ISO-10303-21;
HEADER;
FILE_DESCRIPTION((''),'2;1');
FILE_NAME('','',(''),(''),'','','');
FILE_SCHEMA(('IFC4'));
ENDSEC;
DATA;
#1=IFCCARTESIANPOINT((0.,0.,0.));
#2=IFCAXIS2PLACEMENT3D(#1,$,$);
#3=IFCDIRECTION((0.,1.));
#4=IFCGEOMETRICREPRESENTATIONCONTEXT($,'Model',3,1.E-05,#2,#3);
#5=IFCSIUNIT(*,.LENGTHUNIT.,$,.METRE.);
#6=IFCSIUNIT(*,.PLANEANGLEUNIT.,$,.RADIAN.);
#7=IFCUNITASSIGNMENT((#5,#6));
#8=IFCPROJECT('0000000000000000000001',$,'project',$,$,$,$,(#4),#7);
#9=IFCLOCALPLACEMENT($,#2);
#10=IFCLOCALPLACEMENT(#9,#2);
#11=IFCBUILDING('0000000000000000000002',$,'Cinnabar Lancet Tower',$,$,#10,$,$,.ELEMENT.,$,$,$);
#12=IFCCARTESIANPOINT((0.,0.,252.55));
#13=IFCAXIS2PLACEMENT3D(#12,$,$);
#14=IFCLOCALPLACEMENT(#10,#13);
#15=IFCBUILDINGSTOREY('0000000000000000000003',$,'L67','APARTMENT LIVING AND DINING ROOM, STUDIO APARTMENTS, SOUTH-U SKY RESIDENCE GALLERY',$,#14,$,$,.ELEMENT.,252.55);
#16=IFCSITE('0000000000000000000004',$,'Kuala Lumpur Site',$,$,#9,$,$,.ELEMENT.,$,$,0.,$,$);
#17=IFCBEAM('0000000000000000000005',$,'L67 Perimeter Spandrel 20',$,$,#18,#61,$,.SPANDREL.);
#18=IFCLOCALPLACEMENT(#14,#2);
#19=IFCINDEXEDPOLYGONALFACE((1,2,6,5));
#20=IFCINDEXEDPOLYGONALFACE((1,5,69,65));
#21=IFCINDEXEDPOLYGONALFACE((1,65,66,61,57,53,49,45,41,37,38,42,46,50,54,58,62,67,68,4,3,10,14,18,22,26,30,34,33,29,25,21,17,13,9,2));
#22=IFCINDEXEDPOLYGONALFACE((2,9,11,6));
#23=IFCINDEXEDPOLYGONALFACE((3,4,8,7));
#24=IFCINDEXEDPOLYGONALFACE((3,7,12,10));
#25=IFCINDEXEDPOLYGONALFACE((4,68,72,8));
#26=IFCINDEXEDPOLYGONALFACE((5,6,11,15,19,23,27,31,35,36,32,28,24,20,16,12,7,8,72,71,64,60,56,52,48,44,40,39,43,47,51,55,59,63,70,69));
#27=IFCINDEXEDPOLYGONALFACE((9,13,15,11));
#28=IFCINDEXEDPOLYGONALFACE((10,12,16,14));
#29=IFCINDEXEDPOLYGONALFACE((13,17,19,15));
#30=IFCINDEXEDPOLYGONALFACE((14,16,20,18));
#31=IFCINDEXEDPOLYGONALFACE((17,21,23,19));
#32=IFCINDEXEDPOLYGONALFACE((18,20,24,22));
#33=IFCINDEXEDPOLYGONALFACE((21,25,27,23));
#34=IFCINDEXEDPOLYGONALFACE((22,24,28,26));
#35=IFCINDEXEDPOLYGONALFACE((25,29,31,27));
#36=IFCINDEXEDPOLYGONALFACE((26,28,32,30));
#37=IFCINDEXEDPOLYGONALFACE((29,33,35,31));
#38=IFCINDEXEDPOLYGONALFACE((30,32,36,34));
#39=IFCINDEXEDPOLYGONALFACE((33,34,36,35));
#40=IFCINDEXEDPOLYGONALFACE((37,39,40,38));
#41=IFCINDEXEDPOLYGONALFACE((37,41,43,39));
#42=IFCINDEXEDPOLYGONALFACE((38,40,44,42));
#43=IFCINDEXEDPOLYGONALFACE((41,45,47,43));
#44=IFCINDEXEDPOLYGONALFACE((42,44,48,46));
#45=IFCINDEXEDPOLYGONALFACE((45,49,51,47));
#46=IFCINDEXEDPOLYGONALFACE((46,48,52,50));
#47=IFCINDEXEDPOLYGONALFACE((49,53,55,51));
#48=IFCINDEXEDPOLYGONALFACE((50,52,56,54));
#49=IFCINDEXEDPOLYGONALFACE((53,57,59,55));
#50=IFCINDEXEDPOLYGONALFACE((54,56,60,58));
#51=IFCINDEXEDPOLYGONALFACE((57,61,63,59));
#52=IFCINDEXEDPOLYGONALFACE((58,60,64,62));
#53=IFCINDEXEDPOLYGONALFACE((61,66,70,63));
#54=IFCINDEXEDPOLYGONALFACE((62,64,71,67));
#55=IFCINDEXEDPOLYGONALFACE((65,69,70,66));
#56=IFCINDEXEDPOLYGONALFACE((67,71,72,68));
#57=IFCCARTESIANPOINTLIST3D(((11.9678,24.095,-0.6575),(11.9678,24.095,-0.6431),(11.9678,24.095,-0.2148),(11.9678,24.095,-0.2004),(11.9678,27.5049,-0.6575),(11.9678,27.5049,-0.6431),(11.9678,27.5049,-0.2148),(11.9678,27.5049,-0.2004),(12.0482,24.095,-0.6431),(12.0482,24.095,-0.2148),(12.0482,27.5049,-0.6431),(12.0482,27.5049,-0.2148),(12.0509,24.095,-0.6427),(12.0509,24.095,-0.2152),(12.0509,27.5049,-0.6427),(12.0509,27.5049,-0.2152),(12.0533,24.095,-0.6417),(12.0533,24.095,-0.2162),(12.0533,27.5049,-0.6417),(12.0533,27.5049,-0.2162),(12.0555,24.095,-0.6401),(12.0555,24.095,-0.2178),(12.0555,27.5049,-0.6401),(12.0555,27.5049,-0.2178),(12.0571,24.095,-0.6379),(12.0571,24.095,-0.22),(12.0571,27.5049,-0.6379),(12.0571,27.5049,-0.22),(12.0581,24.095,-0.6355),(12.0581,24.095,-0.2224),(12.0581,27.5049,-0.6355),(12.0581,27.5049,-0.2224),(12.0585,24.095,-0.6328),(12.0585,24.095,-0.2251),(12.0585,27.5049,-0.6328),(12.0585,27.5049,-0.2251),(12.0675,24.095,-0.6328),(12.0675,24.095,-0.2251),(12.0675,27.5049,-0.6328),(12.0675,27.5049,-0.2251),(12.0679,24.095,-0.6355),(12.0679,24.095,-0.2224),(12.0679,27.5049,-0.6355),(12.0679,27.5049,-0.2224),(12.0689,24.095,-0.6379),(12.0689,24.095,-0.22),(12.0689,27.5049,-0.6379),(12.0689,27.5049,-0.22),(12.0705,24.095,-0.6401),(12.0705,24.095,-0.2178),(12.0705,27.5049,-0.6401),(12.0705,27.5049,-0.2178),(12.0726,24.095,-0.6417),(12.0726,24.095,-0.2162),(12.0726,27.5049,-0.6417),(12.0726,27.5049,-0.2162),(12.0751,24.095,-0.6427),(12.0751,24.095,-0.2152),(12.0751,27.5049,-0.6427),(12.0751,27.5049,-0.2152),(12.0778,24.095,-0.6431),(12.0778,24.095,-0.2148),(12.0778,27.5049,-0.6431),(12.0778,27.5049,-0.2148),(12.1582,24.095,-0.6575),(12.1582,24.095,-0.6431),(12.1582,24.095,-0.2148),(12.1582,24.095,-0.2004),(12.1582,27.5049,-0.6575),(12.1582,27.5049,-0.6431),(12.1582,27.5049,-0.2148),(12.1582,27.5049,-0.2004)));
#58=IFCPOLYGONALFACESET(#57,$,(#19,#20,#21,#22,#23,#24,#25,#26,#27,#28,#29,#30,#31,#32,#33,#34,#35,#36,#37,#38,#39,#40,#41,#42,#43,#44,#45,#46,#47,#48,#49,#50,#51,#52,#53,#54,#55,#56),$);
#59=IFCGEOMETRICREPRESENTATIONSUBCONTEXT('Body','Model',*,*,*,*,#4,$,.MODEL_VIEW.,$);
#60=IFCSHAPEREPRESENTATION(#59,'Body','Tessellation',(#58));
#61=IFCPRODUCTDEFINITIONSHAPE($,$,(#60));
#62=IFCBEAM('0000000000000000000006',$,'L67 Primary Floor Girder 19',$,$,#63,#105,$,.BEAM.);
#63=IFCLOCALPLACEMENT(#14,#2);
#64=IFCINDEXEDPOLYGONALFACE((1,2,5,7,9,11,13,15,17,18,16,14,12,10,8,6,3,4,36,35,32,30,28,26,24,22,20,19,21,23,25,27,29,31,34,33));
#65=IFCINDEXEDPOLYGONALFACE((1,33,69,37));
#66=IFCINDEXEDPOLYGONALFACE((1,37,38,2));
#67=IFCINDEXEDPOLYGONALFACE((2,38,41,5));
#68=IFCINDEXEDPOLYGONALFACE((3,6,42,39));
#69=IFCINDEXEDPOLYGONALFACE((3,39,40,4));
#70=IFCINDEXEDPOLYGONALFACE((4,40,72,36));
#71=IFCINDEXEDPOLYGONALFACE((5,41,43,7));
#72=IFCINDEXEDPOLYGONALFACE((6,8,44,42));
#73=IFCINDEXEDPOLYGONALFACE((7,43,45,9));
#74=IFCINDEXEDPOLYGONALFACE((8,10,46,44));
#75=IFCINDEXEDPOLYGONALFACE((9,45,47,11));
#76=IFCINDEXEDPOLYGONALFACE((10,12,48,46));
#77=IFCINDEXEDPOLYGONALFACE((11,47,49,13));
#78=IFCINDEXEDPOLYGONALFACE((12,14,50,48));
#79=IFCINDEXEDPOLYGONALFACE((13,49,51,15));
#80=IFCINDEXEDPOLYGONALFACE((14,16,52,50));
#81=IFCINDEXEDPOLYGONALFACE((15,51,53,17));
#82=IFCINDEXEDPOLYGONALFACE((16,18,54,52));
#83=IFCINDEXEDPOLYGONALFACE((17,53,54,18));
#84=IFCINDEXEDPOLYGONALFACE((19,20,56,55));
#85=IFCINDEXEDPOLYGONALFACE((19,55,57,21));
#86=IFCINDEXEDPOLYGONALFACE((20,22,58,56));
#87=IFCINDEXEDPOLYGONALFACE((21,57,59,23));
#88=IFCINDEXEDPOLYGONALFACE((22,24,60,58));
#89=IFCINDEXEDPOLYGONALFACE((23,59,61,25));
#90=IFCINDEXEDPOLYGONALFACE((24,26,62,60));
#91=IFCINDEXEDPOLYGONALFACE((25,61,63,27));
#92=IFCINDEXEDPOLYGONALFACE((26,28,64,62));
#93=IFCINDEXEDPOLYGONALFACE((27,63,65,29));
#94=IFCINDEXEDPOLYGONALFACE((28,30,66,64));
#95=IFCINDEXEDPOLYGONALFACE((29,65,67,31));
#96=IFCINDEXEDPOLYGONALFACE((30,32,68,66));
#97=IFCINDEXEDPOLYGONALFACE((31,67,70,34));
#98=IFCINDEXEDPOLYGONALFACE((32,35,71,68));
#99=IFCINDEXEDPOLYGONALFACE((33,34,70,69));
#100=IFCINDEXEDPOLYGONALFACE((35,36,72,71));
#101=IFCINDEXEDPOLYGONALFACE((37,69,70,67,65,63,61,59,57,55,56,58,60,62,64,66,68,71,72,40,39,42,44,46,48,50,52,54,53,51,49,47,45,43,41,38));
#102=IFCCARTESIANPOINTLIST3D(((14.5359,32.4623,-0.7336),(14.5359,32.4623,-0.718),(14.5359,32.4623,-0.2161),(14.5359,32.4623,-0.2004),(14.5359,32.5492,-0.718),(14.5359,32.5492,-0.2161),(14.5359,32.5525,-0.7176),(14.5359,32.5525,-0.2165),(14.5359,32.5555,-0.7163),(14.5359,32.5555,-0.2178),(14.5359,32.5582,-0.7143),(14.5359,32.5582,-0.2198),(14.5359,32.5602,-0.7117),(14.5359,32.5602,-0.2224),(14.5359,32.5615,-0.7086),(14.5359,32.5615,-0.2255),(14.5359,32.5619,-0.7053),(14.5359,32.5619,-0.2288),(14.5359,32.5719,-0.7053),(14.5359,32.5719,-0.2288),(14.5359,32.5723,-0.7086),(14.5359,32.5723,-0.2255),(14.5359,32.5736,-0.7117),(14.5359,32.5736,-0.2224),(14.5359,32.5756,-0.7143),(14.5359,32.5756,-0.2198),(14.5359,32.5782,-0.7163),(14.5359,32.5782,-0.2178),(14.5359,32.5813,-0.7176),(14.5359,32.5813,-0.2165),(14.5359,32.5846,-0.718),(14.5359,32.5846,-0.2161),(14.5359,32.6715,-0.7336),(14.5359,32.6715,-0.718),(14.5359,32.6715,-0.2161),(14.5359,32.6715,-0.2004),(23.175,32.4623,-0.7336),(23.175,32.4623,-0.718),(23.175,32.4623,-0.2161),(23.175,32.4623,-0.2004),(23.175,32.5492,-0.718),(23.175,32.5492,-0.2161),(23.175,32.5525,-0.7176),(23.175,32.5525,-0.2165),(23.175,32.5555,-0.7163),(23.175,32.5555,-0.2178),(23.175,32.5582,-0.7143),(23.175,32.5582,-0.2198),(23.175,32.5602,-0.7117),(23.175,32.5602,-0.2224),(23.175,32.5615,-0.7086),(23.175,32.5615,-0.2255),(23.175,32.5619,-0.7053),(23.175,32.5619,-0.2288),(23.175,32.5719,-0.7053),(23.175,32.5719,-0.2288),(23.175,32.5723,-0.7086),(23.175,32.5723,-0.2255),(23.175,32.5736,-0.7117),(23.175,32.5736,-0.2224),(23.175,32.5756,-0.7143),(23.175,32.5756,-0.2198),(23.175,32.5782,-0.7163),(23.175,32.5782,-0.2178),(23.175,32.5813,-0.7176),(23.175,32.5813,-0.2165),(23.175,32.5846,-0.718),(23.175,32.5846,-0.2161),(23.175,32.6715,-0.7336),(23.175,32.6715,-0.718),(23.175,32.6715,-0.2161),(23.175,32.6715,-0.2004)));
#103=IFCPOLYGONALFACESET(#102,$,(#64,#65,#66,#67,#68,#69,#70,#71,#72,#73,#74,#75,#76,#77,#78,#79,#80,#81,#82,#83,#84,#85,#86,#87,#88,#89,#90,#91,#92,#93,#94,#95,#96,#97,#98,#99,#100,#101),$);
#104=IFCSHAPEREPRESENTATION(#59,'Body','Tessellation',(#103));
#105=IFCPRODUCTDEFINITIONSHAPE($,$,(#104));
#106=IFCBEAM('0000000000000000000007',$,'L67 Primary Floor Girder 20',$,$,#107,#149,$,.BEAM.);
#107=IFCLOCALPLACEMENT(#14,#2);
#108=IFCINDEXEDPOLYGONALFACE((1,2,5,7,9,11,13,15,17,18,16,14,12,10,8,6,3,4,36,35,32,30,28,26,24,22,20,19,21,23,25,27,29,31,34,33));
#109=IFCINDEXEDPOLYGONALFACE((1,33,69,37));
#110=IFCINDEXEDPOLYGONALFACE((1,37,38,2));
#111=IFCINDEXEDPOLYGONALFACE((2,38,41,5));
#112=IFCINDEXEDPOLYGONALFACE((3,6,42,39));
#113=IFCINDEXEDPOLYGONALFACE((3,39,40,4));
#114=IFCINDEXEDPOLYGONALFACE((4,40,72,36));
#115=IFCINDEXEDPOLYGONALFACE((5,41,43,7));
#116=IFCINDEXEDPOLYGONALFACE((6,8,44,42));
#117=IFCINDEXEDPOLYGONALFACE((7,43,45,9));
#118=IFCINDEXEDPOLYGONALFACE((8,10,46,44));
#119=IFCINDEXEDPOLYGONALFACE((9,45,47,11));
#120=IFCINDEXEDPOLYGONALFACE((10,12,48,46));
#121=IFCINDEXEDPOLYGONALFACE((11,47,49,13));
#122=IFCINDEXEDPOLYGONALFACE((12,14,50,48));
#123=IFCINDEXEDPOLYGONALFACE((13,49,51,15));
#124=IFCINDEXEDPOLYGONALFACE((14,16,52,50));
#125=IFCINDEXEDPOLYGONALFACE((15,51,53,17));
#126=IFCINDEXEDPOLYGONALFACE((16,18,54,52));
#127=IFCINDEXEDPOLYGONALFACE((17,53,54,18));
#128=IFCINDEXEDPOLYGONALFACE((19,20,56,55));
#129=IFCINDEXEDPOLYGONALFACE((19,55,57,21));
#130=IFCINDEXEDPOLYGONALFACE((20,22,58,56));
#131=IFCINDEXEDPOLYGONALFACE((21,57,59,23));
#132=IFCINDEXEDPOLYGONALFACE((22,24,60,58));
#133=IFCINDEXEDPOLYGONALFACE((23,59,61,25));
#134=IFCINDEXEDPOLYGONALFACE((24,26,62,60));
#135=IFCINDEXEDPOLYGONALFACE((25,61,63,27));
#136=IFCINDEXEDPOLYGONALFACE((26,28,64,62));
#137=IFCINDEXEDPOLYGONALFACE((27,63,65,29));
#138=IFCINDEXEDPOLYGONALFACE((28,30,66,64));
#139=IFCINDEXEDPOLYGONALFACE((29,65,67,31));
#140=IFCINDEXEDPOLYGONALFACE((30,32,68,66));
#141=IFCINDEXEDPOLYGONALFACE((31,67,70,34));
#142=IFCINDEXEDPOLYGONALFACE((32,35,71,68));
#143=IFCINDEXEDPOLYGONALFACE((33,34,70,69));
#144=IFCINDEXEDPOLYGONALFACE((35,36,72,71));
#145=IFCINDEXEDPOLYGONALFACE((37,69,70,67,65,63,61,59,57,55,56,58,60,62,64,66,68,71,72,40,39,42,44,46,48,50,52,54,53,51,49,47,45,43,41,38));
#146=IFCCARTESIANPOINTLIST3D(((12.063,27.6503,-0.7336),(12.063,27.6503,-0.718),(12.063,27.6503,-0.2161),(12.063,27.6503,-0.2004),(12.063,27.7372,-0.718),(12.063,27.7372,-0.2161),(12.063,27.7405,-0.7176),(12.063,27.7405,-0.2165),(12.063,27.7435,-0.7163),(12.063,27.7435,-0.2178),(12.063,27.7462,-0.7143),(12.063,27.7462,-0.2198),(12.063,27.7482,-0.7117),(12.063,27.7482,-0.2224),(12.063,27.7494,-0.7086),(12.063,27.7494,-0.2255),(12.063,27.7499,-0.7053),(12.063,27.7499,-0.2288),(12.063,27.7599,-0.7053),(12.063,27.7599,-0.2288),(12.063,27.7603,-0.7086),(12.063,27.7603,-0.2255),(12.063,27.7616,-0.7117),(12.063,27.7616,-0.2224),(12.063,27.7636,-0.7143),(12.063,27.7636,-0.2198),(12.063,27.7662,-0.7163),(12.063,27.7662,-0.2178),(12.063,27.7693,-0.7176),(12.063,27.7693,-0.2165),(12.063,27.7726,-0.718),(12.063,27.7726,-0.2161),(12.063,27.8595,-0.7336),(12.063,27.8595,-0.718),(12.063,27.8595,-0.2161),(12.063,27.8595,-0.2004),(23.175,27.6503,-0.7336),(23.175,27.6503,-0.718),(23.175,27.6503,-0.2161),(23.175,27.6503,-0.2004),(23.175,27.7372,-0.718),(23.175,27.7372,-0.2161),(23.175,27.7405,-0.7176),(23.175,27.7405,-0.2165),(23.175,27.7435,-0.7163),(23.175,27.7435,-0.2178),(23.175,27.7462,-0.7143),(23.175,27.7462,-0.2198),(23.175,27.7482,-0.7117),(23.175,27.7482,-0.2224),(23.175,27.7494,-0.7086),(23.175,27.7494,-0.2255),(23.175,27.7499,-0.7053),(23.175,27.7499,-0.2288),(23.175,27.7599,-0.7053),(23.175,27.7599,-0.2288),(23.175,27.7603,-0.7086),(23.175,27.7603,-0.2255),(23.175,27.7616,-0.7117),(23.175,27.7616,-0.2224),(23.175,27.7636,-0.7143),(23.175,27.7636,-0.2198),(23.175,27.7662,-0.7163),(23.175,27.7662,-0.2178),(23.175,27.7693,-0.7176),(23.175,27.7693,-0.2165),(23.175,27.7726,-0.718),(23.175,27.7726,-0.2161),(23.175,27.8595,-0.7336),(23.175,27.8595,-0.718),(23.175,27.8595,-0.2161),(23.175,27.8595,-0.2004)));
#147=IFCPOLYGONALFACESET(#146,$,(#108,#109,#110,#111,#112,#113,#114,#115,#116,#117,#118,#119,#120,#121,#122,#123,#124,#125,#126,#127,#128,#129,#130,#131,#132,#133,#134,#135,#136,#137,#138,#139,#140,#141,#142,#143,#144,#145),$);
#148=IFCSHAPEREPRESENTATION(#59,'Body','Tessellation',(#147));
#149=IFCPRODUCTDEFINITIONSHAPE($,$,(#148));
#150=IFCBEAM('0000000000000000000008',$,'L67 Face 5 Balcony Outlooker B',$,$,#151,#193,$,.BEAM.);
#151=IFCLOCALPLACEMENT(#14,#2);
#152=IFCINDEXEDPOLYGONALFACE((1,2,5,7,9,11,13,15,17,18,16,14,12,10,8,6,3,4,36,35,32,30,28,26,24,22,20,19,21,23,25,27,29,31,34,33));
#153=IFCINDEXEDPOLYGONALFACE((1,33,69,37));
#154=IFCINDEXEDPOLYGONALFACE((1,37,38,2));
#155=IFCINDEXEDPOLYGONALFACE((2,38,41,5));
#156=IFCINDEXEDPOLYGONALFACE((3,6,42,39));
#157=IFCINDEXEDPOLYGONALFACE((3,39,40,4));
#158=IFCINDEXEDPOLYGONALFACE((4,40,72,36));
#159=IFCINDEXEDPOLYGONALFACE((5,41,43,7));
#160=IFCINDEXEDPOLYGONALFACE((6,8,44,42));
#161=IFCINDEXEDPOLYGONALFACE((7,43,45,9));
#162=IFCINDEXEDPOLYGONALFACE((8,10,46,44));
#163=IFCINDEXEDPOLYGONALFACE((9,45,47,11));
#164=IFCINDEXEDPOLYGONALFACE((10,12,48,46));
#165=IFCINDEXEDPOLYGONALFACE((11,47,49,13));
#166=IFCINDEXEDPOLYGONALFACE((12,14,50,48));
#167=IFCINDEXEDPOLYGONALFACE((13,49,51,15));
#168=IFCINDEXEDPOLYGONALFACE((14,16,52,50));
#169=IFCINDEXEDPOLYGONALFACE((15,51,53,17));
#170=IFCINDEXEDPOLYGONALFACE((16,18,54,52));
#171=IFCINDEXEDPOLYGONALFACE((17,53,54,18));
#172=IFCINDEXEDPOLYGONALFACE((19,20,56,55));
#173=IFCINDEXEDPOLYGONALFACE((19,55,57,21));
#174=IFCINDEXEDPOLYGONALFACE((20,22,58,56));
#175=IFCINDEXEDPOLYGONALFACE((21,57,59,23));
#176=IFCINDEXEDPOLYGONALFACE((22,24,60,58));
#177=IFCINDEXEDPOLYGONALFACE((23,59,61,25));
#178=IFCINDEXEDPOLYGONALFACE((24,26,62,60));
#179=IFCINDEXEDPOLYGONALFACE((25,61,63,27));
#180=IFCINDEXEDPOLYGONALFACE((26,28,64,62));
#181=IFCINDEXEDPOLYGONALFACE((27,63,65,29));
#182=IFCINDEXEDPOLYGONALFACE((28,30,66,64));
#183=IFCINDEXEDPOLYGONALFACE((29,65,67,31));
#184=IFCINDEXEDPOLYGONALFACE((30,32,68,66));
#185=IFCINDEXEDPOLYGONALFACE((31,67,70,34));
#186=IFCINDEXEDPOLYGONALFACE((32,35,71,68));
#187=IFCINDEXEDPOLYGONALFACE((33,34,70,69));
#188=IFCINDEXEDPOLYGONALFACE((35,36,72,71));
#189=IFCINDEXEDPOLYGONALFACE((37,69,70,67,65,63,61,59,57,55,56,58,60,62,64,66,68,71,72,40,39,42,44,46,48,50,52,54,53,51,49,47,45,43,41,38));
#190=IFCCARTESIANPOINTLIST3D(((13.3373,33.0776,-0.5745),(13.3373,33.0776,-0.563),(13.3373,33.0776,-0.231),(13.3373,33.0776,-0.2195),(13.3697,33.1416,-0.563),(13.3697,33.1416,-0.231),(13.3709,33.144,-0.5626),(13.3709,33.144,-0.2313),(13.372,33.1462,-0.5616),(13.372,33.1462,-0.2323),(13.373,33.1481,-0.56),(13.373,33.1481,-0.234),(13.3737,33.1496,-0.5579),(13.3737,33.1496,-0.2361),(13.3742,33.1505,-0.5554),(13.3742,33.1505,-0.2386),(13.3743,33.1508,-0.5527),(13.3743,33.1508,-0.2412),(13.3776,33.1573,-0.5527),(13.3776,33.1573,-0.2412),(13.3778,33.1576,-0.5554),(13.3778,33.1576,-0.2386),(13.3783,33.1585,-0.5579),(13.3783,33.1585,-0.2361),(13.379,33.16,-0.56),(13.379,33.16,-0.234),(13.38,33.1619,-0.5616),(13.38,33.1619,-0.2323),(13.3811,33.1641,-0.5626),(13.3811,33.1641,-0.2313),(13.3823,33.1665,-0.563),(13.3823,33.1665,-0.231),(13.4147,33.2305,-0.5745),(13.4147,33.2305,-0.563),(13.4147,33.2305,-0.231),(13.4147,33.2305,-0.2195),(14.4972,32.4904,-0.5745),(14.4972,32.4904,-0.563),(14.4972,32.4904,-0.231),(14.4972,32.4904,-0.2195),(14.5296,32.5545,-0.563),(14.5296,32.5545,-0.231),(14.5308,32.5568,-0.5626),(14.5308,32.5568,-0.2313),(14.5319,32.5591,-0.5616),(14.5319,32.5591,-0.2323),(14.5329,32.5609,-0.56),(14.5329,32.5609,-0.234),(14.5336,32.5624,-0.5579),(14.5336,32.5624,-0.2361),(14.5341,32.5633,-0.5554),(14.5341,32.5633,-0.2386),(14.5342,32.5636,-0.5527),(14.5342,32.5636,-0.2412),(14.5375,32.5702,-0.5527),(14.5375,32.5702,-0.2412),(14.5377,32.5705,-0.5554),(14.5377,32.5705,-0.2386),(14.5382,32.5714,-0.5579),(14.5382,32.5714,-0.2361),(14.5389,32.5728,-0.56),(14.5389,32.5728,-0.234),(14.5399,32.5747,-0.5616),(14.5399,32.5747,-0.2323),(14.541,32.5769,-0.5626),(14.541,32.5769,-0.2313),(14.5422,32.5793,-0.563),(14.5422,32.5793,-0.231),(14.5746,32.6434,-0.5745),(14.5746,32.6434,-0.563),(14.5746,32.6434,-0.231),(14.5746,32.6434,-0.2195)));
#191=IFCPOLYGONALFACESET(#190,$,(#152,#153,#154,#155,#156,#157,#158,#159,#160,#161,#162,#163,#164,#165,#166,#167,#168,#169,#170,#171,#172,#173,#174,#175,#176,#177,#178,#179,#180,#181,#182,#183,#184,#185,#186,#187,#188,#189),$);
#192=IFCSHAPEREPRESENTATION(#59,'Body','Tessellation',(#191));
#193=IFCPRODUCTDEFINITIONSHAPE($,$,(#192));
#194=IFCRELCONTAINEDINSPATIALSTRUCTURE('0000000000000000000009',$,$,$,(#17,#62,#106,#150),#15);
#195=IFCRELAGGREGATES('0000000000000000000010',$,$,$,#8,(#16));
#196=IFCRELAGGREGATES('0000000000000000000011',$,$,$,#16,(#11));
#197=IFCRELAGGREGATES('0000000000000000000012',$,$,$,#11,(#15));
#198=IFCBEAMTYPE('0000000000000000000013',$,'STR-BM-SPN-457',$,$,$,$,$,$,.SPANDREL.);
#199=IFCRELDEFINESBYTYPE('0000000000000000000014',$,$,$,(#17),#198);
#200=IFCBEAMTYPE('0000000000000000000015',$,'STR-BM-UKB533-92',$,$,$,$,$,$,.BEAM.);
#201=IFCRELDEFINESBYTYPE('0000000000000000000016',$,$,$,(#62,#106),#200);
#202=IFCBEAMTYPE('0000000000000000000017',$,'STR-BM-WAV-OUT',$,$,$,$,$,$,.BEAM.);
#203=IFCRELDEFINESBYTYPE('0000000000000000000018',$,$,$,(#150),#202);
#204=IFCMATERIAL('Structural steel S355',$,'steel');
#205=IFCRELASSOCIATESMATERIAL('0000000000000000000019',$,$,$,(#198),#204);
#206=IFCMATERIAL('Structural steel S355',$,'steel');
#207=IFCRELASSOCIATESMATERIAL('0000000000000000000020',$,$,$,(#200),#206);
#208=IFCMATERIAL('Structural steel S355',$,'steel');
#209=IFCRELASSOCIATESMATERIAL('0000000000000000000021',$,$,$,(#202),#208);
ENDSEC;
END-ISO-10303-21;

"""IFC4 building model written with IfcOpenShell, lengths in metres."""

from ifc_helpers import new_model, si_unit, direction, frame, origin, origin_2d, place, context, subcontext, project, spatial, i_section, extrude, material, material_profile, profile_set, type_object, element, save


model = new_model("IFC4")

# Units and contexts
model_context = context("Model", 3, precision=1e-05, world=origin(), true_north=direction((0.0, 1.0)))
body_context = subcontext(model_context, "Body", "Model", "MODEL_VIEW")
ifc_project = project(units=[si_unit("LENGTHUNIT", "METRE"), si_unit("PLANEANGLEUNIT", "RADIAN")], contexts=[model_context])

# Site, building, storey
site_placement = place(None, origin())
site = spatial("IfcSite", under=ifc_project, at=site_placement, Name="Kuala Lumpur Site", CompositionType="ELEMENT", RefElevation=0.0)
building_placement = place(site_placement, origin())
building = spatial("IfcBuilding", under=site, at=building_placement, Name="Cinnabar Lancet Tower", CompositionType="ELEMENT")
storey_placement = place(building_placement, frame((0.0, 0.0, 252.55)))
storey = spatial("IfcBuildingStorey", under=building, at=storey_placement, Name="L67", Description="APARTMENT LIVING AND DINING ROOM, STUDIO APARTMENTS, SOUTH-U SKY RESIDENCE GALLERY", CompositionType="ELEMENT", Elevation=252.55)

# Beams
ifc_material_1 = material(Name="Structural steel S355", Category="steel")
ifc_material_profile_1 = material_profile(ifc_material_1, i_section(OverallWidth=0.1904, OverallDepth=0.457, WebThickness=0.009, FlangeThickness=0.0144, FilletRadius=0.0103, at=origin_2d()), Name="UKB 457x191x74")
ifc_profile_set_1 = profile_set([ifc_material_profile_1], Name="Structural steel S355")
beam_type_1 = type_object("IfcBeamType", Name="STR-BM-SPN-457", PredefinedType="SPANDREL", material=ifc_profile_set_1)
beam_1_placement = place(storey_placement, frame((12.063, 27.5049, -0.429), z_axis=(0.0, -1.0, 0.0), x_axis=(1.0, 0.0, 0.0)))
element("IfcBeam", 1, at=beam_1_placement, inside=storey, type_object=beam_type_1, Name="L67 Perimeter Spandrel 20", PredefinedType="SPANDREL", context=body_context, shape_type="SweptSolid", body=[
    extrude(i_section(OverallWidth=0.1904, OverallDepth=0.457, WebThickness=0.009, FlangeThickness=0.0144, FilletRadius=0.0103, at=origin_2d()), origin(), (0.0, 0.0, 1.0), 3.4099),
])
ifc_material_2 = material(Name="Structural steel S355", Category="steel")
ifc_material_profile_2 = material_profile(ifc_material_2, i_section(OverallWidth=0.2092, OverallDepth=0.5332, WebThickness=0.01, FlangeThickness=0.0156, FilletRadius=0.0127, at=origin_2d()), Name="UKB 533x210x92")
ifc_profile_set_2 = profile_set([ifc_material_profile_2], Name="Structural steel S355")
beam_type_2 = type_object("IfcBeamType", Name="STR-BM-UKB533-92", PredefinedType="BEAM", material=ifc_profile_set_2)
beam_2_placement = place(storey_placement, frame((14.5359, 32.5669, -0.467), z_axis=(1.0, 0.0, 0.0), x_axis=(0.0, 1.0, 0.0)))
element("IfcBeam", 2, at=beam_2_placement, inside=storey, type_object=beam_type_2, Name="L67 Primary Floor Girder 19", PredefinedType="BEAM", context=body_context, shape_type="SweptSolid", body=[
    extrude(i_section(OverallWidth=0.2092, OverallDepth=0.5332, WebThickness=0.01, FlangeThickness=0.0156, FilletRadius=0.0127, at=origin_2d()), origin(), (0.0, 0.0, 1.0), 8.6392),
])
beam_3_placement = place(storey_placement, frame((12.063, 27.7549, -0.467), z_axis=(1.0, 0.0, 0.0), x_axis=(0.0, 1.0, 0.0)))
element("IfcBeam", 3, at=beam_3_placement, inside=storey, type_object=beam_type_2, Name="L67 Primary Floor Girder 20", PredefinedType="BEAM", context=body_context, shape_type="SweptSolid", body=[
    extrude(i_section(OverallWidth=0.2092, OverallDepth=0.5332, WebThickness=0.01, FlangeThickness=0.0156, FilletRadius=0.0127, at=origin_2d()), origin(), (0.0, 0.0, 1.0), 11.1121),
])
ifc_material_3 = material(Name="Structural steel S355", Category="steel")
ifc_material_profile_3 = material_profile(ifc_material_3, i_section(OverallWidth=0.1714, OverallDepth=0.355, WebThickness=0.0073, FlangeThickness=0.0115, FilletRadius=0.0103, at=origin_2d()), Name="UKB 356x171x51")
ifc_profile_set_3 = profile_set([ifc_material_profile_3], Name="Structural steel S355")
beam_type_3 = type_object("IfcBeamType", Name="STR-BM-WAV-OUT", PredefinedType="BEAM", material=ifc_profile_set_3)
beam_4_placement = place(storey_placement, frame((14.5359, 32.5669, -0.397), z_axis=(-0.8922, 0.45164, 0.0), x_axis=(-0.45164, -0.8922, 0.0)))
element("IfcBeam", 4, at=beam_4_placement, inside=storey, type_object=beam_type_3, Name="L67 Face 5 Balcony Outlooker B", PredefinedType="BEAM", context=body_context, shape_type="SweptSolid", body=[
    extrude(i_section(OverallWidth=0.1714, OverallDepth=0.355, WebThickness=0.0073, FlangeThickness=0.0115, FilletRadius=0.0103, at=origin_2d()), origin(), (0.0, 0.0, 1.0), 1.3),
])

save(model, "model.ifc")
